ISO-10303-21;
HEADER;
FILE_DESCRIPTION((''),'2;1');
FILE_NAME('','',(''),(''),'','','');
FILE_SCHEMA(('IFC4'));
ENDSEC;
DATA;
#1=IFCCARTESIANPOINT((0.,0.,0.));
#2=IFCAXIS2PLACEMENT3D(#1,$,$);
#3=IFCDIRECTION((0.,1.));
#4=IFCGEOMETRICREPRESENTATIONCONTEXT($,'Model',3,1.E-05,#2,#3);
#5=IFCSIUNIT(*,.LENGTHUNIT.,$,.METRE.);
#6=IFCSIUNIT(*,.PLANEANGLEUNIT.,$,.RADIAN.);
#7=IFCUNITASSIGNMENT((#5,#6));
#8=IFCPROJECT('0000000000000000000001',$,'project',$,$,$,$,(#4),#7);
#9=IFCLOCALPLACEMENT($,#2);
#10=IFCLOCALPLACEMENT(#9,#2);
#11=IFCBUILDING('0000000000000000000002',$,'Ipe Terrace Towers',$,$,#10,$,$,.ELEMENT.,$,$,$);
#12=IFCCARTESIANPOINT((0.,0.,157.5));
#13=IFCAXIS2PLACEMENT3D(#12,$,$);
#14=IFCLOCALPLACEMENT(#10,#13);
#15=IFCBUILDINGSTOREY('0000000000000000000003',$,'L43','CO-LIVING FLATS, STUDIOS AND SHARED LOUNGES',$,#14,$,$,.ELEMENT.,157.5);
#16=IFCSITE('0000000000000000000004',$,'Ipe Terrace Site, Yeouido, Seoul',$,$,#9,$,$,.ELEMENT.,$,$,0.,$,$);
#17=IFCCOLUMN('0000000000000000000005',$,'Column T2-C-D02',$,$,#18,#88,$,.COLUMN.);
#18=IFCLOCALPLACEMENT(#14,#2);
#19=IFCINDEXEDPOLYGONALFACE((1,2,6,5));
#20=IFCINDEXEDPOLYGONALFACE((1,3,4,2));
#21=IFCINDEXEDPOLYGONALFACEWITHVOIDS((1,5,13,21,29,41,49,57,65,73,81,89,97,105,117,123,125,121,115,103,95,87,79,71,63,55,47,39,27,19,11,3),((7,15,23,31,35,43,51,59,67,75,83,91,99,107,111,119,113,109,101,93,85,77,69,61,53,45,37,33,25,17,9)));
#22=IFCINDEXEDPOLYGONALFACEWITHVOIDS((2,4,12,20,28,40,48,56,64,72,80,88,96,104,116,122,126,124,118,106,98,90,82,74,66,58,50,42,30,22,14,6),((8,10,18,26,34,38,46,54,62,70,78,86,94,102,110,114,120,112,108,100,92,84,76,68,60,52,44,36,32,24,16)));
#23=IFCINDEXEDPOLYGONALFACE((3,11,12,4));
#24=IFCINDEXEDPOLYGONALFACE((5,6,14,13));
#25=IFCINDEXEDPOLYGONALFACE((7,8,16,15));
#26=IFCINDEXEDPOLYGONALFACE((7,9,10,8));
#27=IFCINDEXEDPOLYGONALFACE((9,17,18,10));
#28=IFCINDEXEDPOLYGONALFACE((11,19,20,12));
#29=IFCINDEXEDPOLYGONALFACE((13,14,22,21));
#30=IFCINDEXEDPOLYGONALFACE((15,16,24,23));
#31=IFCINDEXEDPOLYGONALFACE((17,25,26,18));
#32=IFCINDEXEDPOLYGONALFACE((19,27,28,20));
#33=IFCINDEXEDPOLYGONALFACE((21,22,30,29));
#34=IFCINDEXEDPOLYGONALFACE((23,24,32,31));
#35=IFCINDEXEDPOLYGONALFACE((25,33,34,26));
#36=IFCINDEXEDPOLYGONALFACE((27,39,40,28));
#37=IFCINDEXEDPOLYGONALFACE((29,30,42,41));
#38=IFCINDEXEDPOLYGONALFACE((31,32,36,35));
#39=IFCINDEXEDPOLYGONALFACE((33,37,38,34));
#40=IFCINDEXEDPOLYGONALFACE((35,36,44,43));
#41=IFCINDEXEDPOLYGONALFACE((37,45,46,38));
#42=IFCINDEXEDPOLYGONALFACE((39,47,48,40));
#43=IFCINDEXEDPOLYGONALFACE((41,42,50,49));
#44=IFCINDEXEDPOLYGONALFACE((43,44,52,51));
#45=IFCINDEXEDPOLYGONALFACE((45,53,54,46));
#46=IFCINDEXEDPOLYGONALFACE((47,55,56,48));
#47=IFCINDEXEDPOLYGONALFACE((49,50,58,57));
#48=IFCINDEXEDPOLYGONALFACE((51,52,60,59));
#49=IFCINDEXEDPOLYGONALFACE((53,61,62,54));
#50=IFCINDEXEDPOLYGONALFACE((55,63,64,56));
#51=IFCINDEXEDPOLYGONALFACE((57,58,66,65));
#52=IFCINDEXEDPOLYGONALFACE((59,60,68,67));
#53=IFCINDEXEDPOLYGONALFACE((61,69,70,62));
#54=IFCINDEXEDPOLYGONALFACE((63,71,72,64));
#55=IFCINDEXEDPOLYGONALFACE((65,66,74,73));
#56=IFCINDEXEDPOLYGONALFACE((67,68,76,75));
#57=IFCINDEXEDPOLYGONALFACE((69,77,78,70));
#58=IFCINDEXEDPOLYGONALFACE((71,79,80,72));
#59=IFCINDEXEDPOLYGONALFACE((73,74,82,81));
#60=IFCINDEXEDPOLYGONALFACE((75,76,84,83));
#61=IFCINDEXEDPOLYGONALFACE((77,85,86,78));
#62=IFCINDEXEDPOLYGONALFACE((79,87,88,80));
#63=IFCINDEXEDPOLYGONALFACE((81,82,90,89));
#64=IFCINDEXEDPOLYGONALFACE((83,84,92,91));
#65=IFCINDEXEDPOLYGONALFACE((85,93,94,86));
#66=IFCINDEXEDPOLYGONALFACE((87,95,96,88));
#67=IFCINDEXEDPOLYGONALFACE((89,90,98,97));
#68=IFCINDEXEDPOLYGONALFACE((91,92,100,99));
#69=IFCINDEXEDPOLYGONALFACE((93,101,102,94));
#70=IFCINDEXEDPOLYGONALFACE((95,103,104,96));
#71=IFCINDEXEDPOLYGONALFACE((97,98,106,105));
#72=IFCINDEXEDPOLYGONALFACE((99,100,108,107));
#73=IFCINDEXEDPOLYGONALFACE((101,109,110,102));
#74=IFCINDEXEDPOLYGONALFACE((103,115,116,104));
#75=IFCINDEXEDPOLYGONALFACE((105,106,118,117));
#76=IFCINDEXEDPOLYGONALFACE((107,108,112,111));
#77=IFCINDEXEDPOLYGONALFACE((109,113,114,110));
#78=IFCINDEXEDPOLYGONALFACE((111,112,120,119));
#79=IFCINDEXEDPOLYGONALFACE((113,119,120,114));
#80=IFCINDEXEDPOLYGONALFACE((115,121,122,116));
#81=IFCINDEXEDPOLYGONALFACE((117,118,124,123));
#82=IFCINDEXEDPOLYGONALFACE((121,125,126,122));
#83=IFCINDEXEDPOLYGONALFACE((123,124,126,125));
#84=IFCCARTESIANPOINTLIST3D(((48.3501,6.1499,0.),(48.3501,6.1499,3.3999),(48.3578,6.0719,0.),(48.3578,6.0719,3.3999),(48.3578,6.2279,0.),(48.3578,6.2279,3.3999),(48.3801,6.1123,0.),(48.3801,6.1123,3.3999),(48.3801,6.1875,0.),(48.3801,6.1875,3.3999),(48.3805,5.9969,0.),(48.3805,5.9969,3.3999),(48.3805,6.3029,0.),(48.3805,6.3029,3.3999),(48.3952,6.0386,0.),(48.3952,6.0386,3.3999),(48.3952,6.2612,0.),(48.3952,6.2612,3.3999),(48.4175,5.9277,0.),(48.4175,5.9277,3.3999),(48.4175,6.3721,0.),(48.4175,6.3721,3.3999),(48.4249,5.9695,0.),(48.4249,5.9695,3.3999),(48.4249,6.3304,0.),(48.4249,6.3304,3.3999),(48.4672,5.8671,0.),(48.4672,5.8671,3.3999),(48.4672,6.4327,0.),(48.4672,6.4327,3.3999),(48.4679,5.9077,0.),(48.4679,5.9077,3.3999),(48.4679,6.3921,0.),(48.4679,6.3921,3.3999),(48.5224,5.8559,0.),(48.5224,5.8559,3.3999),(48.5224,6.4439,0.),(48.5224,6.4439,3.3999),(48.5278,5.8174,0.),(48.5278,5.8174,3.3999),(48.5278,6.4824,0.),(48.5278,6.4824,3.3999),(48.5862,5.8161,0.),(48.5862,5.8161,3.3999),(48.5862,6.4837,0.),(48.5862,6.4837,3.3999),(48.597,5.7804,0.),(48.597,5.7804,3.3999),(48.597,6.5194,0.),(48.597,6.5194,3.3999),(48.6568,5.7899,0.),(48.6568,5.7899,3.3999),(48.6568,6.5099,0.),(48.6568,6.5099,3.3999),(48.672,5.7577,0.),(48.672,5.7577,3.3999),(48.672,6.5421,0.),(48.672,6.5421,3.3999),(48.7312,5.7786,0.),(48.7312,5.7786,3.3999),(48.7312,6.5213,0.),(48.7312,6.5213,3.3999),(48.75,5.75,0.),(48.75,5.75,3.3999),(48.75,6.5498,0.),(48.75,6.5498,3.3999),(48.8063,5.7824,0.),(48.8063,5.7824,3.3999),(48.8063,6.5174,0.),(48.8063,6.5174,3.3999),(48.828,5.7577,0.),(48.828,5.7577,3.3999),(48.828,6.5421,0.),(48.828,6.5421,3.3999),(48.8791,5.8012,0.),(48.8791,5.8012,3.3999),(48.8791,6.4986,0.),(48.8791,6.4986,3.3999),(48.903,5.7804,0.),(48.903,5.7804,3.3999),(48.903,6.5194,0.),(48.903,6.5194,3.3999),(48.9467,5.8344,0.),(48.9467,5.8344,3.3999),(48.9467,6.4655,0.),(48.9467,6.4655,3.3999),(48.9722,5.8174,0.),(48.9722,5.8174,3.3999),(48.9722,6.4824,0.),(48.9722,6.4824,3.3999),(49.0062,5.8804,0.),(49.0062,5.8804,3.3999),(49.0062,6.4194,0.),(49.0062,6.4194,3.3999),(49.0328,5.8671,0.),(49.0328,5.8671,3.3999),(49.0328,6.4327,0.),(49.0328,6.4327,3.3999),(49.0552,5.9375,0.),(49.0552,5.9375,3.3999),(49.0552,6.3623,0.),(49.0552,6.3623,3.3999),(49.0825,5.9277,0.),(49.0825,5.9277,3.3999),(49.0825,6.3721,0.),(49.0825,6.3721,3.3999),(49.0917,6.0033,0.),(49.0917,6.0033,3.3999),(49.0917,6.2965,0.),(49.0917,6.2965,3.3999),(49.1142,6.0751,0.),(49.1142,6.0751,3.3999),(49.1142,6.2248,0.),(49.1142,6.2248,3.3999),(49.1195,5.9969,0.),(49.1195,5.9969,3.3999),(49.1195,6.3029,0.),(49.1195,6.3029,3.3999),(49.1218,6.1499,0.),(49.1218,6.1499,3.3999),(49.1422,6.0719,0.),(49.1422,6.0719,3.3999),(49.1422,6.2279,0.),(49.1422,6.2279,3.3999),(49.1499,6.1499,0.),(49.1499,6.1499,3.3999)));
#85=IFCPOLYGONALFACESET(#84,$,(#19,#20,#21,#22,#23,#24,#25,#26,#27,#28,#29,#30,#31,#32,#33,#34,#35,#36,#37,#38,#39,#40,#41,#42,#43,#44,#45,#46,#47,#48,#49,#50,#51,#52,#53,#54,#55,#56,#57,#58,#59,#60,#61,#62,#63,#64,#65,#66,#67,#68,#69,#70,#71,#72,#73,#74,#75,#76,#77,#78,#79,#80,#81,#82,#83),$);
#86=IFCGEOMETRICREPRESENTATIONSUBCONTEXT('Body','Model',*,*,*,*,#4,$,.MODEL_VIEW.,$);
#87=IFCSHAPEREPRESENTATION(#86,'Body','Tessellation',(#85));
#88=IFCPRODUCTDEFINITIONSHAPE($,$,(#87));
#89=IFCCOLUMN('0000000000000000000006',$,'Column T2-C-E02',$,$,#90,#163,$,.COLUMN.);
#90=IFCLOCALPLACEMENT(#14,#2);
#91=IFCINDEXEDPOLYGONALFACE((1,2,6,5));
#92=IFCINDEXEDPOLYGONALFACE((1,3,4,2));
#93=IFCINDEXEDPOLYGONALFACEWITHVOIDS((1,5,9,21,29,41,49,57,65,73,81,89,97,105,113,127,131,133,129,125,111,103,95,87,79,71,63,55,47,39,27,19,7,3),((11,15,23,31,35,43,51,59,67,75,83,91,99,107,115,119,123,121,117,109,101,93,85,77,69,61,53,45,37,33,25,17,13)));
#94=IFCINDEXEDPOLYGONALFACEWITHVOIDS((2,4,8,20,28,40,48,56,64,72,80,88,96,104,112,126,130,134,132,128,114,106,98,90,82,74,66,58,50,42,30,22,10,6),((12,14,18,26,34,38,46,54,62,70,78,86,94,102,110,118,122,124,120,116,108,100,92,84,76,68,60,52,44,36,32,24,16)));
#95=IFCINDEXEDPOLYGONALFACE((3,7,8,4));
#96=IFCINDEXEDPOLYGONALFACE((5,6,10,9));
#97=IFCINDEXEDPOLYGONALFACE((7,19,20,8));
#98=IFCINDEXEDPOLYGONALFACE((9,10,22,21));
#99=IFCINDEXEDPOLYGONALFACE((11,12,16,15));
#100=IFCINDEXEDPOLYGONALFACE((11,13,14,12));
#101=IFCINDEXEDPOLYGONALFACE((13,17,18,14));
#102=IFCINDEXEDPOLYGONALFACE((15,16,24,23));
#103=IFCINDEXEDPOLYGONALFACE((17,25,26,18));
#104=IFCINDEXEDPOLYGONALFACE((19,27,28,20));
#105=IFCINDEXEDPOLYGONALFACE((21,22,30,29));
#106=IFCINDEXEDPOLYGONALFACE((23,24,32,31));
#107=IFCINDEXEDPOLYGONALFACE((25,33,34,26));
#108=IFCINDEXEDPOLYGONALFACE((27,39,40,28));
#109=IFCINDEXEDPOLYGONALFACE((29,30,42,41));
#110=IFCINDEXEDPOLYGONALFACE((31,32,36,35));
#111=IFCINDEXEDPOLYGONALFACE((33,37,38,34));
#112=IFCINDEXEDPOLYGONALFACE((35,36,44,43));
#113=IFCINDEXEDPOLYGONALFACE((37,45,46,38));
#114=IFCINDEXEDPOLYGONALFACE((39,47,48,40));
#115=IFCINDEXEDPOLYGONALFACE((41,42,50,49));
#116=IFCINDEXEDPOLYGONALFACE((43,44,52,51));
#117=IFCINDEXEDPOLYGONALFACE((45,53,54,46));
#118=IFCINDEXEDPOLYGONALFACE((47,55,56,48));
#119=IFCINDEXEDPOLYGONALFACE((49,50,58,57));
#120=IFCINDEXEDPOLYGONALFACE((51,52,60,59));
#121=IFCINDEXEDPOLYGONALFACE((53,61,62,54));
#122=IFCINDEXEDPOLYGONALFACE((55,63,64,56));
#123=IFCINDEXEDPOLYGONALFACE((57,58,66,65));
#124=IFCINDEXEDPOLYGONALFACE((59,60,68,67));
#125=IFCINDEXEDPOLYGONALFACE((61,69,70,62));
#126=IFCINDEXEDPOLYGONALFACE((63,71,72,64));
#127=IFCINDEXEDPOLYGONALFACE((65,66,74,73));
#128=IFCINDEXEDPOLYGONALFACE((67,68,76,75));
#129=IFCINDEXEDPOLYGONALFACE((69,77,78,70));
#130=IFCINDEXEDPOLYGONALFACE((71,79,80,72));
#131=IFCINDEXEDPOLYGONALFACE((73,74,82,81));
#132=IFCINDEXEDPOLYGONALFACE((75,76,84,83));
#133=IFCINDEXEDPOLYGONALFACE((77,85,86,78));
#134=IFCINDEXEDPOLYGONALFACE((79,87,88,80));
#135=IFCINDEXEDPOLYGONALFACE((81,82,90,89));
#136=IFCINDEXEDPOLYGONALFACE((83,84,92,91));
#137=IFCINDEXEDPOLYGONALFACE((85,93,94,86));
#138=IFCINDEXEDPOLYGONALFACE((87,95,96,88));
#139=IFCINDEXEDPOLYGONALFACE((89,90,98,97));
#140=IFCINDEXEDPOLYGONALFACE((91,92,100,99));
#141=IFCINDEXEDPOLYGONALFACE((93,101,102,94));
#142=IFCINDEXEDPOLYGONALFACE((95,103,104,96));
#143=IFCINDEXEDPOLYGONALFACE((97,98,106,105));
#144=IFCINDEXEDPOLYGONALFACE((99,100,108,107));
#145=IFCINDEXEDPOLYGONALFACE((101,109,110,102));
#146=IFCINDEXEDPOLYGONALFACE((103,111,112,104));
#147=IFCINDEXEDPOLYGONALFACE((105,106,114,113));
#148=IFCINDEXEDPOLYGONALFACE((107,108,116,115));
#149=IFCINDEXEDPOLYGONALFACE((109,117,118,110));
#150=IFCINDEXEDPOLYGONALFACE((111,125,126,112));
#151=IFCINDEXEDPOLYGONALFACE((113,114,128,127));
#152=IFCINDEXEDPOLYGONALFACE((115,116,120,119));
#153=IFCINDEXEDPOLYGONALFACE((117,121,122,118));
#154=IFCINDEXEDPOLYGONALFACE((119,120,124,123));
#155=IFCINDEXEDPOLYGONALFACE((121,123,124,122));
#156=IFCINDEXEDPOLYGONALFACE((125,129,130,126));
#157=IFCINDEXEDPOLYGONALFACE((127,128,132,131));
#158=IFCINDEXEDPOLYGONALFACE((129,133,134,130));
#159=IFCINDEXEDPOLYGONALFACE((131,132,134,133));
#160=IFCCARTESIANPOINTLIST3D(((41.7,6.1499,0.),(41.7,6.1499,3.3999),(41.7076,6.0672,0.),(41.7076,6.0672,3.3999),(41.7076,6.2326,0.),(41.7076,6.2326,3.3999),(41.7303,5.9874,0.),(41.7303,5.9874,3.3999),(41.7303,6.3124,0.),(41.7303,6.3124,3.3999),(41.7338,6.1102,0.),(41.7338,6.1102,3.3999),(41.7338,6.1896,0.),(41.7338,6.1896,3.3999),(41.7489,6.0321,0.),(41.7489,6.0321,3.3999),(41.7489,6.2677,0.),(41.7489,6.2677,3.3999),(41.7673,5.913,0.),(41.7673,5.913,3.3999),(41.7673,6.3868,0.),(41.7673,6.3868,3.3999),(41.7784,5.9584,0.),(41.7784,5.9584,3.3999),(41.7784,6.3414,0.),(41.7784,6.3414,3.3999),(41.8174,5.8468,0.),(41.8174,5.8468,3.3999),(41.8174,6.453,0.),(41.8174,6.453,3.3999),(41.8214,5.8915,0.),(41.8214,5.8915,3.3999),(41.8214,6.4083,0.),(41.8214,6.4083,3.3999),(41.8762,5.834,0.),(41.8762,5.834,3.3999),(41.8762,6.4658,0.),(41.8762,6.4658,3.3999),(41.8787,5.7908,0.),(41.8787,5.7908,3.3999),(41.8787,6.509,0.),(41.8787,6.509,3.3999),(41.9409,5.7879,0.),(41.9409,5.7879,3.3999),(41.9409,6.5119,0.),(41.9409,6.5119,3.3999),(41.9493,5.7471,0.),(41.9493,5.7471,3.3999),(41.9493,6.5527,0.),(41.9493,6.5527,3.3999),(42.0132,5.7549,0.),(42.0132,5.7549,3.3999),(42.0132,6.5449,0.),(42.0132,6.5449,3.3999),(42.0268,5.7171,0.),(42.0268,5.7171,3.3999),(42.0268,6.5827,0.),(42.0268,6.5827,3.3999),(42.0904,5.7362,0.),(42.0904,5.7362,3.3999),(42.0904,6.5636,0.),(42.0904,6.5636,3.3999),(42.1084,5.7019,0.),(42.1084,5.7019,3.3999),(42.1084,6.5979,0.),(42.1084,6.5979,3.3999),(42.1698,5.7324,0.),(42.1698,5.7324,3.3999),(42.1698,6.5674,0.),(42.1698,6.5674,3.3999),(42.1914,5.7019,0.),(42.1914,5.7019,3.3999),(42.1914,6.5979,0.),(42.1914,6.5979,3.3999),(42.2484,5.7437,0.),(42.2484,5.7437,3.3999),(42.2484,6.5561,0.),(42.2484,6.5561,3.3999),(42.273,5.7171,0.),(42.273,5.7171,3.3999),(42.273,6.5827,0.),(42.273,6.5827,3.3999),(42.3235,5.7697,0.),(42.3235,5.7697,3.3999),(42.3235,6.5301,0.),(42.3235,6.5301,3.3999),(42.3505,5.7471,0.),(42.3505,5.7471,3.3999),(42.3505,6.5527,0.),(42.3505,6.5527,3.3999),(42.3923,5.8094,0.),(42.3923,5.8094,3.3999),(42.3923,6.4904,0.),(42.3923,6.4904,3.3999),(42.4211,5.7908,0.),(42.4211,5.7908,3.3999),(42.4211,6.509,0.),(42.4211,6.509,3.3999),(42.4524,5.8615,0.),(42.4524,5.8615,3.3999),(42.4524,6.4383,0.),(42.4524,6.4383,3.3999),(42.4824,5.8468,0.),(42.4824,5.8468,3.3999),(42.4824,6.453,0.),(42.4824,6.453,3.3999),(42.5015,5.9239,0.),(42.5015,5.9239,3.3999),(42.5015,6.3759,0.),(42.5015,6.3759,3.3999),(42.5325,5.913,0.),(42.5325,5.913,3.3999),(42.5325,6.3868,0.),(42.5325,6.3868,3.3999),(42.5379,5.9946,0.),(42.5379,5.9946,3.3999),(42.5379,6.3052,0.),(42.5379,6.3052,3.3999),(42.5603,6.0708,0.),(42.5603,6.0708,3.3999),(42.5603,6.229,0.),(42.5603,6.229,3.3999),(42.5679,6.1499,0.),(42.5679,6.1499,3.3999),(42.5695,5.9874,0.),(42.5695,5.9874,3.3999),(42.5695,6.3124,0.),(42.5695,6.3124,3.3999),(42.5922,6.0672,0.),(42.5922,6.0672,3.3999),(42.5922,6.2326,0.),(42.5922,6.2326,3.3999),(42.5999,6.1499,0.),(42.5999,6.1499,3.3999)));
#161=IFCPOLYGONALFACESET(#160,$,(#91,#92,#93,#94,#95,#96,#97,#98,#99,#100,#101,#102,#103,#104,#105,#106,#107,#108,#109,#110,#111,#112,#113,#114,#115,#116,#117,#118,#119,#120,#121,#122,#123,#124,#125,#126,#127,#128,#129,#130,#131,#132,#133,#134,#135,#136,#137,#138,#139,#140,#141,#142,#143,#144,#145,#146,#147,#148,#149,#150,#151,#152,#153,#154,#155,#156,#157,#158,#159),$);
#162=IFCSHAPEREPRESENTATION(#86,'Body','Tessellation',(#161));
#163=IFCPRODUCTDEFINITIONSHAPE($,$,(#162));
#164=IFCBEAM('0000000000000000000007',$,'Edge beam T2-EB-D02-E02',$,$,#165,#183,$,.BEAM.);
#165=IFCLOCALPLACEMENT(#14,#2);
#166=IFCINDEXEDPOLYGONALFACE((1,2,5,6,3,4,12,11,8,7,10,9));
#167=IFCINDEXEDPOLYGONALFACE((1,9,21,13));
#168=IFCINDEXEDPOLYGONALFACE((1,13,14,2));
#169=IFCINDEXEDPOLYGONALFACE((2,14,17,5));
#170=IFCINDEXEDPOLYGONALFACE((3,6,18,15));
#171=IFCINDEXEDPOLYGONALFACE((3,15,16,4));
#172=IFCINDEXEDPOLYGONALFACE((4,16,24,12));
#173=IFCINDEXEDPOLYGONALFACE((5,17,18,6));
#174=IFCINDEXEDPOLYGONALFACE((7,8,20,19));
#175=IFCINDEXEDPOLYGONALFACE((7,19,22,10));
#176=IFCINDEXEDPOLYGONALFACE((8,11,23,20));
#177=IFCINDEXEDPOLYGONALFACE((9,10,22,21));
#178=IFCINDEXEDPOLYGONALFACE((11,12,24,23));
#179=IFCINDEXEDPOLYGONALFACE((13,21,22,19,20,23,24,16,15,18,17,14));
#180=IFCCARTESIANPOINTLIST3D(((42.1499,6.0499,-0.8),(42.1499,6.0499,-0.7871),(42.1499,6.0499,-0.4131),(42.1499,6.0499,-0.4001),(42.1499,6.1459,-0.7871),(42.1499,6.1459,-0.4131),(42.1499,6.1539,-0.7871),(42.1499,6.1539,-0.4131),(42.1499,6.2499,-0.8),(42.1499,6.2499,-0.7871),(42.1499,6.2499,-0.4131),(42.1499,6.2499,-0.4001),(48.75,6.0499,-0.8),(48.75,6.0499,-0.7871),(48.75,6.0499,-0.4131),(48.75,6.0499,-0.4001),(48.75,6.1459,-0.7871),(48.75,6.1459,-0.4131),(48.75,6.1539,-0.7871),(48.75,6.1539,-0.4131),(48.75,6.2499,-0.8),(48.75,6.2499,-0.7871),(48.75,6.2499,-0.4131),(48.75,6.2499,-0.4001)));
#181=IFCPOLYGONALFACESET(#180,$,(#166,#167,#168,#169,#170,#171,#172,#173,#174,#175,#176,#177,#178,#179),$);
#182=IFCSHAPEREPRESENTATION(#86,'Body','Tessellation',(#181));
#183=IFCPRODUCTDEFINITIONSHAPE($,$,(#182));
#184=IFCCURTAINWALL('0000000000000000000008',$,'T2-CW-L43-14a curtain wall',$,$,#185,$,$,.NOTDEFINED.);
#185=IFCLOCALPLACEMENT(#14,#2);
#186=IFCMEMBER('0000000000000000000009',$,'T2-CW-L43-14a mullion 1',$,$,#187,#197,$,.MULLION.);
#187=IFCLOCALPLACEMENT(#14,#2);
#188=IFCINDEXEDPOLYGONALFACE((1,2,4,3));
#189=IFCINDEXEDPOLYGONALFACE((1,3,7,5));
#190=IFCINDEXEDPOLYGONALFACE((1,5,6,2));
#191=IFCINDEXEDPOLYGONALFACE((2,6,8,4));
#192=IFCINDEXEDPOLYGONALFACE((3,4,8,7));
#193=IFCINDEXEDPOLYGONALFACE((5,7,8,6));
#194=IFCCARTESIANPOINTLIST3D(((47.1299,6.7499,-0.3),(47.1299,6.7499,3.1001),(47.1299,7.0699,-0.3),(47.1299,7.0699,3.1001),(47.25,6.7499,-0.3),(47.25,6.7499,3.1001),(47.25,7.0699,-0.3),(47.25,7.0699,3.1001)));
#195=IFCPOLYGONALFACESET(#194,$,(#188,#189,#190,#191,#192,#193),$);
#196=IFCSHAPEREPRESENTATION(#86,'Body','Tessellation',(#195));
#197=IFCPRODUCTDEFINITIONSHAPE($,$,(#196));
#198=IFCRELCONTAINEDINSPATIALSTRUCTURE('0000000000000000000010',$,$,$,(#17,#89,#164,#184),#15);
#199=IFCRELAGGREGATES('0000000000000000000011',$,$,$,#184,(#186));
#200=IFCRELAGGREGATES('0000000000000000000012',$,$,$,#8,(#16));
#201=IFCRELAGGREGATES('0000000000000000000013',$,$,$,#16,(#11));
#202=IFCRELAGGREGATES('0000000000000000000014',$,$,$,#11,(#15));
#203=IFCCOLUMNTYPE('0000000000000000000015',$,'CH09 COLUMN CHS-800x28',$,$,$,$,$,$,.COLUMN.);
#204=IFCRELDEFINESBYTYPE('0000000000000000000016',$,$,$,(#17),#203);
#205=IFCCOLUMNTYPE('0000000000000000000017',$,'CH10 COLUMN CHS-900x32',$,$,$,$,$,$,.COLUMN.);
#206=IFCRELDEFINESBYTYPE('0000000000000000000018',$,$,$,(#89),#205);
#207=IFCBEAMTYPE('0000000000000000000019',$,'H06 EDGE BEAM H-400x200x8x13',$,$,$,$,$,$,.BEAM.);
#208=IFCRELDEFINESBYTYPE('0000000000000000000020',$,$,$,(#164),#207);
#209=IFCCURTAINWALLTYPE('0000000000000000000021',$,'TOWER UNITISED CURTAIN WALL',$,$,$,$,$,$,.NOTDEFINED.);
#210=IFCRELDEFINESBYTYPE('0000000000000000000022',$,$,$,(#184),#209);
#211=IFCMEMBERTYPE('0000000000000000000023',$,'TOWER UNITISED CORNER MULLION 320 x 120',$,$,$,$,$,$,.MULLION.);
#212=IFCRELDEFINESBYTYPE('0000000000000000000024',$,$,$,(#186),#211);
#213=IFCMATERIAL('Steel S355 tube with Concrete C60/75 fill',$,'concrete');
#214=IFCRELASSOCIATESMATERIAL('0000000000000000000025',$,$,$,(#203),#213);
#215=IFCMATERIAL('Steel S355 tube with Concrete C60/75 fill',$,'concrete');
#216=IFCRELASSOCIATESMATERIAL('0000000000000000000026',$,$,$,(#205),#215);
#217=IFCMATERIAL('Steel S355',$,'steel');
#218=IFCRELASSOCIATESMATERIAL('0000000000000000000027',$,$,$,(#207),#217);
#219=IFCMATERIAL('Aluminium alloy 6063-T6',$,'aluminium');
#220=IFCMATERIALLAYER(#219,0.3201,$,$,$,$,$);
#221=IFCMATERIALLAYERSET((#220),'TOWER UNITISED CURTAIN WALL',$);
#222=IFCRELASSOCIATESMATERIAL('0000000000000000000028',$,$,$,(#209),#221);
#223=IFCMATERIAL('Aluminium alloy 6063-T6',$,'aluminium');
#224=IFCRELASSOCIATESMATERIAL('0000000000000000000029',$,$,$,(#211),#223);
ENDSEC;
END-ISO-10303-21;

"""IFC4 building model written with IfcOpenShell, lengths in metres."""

from ifc_helpers import new_model, si_unit, direction, frame, origin, origin_2d, place, context, subcontext, project, spatial, rectangle, hollow_circle, i_section, extrude, material, layer, layer_set, material_profile, profile_set, type_object, element, aggregate, save


model = new_model("IFC4")

# Units and contexts
model_context = context("Model", 3, precision=1e-05, world=origin(), true_north=direction((0.0, 1.0)))
body_context = subcontext(model_context, "Body", "Model", "MODEL_VIEW")
ifc_project = project(units=[si_unit("LENGTHUNIT", "METRE"), si_unit("PLANEANGLEUNIT", "RADIAN")], contexts=[model_context])

# Site, building, storey
site_placement = place(None, origin())
site = spatial("IfcSite", under=ifc_project, at=site_placement, Name="Ipe Terrace Site, Yeouido, Seoul", CompositionType="ELEMENT", RefElevation=0.0)
building_placement = place(site_placement, origin())
building = spatial("IfcBuilding", under=site, at=building_placement, Name="Ipe Terrace Towers", CompositionType="ELEMENT")
storey_placement = place(building_placement, frame((0.0, 0.0, 157.5)))
storey = spatial("IfcBuildingStorey", under=building, at=storey_placement, Name="L43", Description="CO-LIVING FLATS, STUDIOS AND SHARED LOUNGES", CompositionType="ELEMENT", Elevation=157.5)

# Columns
ifc_material_1 = material(Name="Steel S355 tube with Concrete C60/75 fill", Category="concrete")
ifc_material_profile_1 = material_profile(ifc_material_1, hollow_circle(Radius=0.3999, WallThickness=0.0281, at=origin_2d()), Name="CHS-800x28")
ifc_profile_set_1 = profile_set([ifc_material_profile_1], Name="Steel S355 tube with Concrete C60/75 fill")
column_type_1 = type_object("IfcColumnType", Name="CH09 COLUMN CHS-800x28", PredefinedType="COLUMN", material=ifc_profile_set_1)
column_1_placement = place(storey_placement, frame((48.75, 6.1499, 0.0), z_axis=(0.0, 0.0, 1.0), x_axis=(1.0, 0.0, 0.0)))
element("IfcColumn", 1, at=column_1_placement, inside=storey, type_object=column_type_1, Name="Column T2-C-D02", PredefinedType="COLUMN", context=body_context, shape_type="SweptSolid", body=[
    extrude(hollow_circle(Radius=0.3999, WallThickness=0.0281, at=origin_2d()), origin(), (0.0, 0.0, 1.0), 3.3999),
])
ifc_material_2 = material(Name="Steel S355 tube with Concrete C60/75 fill", Category="concrete")
ifc_material_profile_2 = material_profile(ifc_material_2, hollow_circle(Radius=0.45, WallThickness=0.032, at=origin_2d()), Name="CHS-900x32")
ifc_profile_set_2 = profile_set([ifc_material_profile_2], Name="Steel S355 tube with Concrete C60/75 fill")
column_type_2 = type_object("IfcColumnType", Name="CH10 COLUMN CHS-900x32", PredefinedType="COLUMN", material=ifc_profile_set_2)
column_2_placement = place(storey_placement, frame((42.1499, 6.1499, 0.0), z_axis=(0.0, 0.0, 1.0), x_axis=(1.0, 0.0, 0.0)))
element("IfcColumn", 2, at=column_2_placement, inside=storey, type_object=column_type_2, Name="Column T2-C-E02", PredefinedType="COLUMN", context=body_context, shape_type="SweptSolid", body=[
    extrude(hollow_circle(Radius=0.45, WallThickness=0.032, at=origin_2d()), origin(), (0.0, 0.0, 1.0), 3.3999),
])

# Beam
ifc_material_3 = material(Name="Steel S355", Category="steel")
ifc_material_profile_3 = material_profile(ifc_material_3, i_section(OverallWidth=0.2, OverallDepth=0.3999, WebThickness=0.0081, FlangeThickness=0.0129, at=origin_2d()), Name="H-400x200x8x13")
ifc_profile_set_3 = profile_set([ifc_material_profile_3], Name="Steel S355")
beam_type = type_object("IfcBeamType", Name="H06 EDGE BEAM H-400x200x8x13", PredefinedType="BEAM", material=ifc_profile_set_3)
beam_placement = place(storey_placement, frame((48.75, 6.1499, -0.6001), z_axis=(-1.0, 0.0, 0.0), x_axis=(0.0, -1.0, 0.0)))
element("IfcBeam", 3, at=beam_placement, inside=storey, type_object=beam_type, Name="Edge beam T2-EB-D02-E02", PredefinedType="BEAM", context=body_context, shape_type="SweptSolid", body=[
    extrude(i_section(OverallWidth=0.2, OverallDepth=0.3999, WebThickness=0.0081, FlangeThickness=0.0129, at=origin_2d()), origin(), (0.0, 0.0, 1.0), 6.6001),
])

# Curtain wall, member
ifc_material_4 = material(Name="Aluminium alloy 6063-T6", Category="aluminium")
ifc_layer_1 = layer(ifc_material_4, 0.3201)
ifc_layer_set_1 = layer_set([ifc_layer_1], Name="TOWER UNITISED CURTAIN WALL")
curtain_wall_type = type_object("IfcCurtainWallType", Name="TOWER UNITISED CURTAIN WALL", PredefinedType="NOTDEFINED", material=ifc_layer_set_1)
curtain_wall_placement = place(storey_placement, origin())
curtain_wall = element("IfcCurtainWall", 4, at=curtain_wall_placement, inside=storey, type_object=curtain_wall_type, Name="T2-CW-L43-14a curtain wall", PredefinedType="NOTDEFINED")
ifc_material_5 = material(Name="Aluminium alloy 6063-T6", Category="aluminium")
ifc_material_profile_4 = material_profile(ifc_material_5, rectangle(XDim=0.3201, YDim=0.1201, at=origin_2d()), Name="TOWER UNITISED CORNER MULLION 320 x 120")
ifc_profile_set_4 = profile_set([ifc_material_profile_4], Name="Aluminium alloy 6063-T6")
member_type = type_object("IfcMemberType", Name="TOWER UNITISED CORNER MULLION 320 x 120", PredefinedType="MULLION", material=ifc_profile_set_4)
member_1_placement = place(storey_placement, frame((47.1899, 6.9099, -0.3), z_axis=(0.0, 0.0, 1.0), x_axis=(0.0, 1.0, 0.0)))
member_1 = element("IfcMember", 5, at=member_1_placement, type_object=member_type, Name="T2-CW-L43-14a mullion 1", PredefinedType="MULLION", context=body_context, shape_type="SweptSolid", body=[
    extrude(rectangle(XDim=0.3201, YDim=0.1201, at=origin_2d()), origin(), (0.0, 0.0, 1.0), 3.4001),
])
aggregate(curtain_wall, [member_1])

save(model, "model.ifc")
